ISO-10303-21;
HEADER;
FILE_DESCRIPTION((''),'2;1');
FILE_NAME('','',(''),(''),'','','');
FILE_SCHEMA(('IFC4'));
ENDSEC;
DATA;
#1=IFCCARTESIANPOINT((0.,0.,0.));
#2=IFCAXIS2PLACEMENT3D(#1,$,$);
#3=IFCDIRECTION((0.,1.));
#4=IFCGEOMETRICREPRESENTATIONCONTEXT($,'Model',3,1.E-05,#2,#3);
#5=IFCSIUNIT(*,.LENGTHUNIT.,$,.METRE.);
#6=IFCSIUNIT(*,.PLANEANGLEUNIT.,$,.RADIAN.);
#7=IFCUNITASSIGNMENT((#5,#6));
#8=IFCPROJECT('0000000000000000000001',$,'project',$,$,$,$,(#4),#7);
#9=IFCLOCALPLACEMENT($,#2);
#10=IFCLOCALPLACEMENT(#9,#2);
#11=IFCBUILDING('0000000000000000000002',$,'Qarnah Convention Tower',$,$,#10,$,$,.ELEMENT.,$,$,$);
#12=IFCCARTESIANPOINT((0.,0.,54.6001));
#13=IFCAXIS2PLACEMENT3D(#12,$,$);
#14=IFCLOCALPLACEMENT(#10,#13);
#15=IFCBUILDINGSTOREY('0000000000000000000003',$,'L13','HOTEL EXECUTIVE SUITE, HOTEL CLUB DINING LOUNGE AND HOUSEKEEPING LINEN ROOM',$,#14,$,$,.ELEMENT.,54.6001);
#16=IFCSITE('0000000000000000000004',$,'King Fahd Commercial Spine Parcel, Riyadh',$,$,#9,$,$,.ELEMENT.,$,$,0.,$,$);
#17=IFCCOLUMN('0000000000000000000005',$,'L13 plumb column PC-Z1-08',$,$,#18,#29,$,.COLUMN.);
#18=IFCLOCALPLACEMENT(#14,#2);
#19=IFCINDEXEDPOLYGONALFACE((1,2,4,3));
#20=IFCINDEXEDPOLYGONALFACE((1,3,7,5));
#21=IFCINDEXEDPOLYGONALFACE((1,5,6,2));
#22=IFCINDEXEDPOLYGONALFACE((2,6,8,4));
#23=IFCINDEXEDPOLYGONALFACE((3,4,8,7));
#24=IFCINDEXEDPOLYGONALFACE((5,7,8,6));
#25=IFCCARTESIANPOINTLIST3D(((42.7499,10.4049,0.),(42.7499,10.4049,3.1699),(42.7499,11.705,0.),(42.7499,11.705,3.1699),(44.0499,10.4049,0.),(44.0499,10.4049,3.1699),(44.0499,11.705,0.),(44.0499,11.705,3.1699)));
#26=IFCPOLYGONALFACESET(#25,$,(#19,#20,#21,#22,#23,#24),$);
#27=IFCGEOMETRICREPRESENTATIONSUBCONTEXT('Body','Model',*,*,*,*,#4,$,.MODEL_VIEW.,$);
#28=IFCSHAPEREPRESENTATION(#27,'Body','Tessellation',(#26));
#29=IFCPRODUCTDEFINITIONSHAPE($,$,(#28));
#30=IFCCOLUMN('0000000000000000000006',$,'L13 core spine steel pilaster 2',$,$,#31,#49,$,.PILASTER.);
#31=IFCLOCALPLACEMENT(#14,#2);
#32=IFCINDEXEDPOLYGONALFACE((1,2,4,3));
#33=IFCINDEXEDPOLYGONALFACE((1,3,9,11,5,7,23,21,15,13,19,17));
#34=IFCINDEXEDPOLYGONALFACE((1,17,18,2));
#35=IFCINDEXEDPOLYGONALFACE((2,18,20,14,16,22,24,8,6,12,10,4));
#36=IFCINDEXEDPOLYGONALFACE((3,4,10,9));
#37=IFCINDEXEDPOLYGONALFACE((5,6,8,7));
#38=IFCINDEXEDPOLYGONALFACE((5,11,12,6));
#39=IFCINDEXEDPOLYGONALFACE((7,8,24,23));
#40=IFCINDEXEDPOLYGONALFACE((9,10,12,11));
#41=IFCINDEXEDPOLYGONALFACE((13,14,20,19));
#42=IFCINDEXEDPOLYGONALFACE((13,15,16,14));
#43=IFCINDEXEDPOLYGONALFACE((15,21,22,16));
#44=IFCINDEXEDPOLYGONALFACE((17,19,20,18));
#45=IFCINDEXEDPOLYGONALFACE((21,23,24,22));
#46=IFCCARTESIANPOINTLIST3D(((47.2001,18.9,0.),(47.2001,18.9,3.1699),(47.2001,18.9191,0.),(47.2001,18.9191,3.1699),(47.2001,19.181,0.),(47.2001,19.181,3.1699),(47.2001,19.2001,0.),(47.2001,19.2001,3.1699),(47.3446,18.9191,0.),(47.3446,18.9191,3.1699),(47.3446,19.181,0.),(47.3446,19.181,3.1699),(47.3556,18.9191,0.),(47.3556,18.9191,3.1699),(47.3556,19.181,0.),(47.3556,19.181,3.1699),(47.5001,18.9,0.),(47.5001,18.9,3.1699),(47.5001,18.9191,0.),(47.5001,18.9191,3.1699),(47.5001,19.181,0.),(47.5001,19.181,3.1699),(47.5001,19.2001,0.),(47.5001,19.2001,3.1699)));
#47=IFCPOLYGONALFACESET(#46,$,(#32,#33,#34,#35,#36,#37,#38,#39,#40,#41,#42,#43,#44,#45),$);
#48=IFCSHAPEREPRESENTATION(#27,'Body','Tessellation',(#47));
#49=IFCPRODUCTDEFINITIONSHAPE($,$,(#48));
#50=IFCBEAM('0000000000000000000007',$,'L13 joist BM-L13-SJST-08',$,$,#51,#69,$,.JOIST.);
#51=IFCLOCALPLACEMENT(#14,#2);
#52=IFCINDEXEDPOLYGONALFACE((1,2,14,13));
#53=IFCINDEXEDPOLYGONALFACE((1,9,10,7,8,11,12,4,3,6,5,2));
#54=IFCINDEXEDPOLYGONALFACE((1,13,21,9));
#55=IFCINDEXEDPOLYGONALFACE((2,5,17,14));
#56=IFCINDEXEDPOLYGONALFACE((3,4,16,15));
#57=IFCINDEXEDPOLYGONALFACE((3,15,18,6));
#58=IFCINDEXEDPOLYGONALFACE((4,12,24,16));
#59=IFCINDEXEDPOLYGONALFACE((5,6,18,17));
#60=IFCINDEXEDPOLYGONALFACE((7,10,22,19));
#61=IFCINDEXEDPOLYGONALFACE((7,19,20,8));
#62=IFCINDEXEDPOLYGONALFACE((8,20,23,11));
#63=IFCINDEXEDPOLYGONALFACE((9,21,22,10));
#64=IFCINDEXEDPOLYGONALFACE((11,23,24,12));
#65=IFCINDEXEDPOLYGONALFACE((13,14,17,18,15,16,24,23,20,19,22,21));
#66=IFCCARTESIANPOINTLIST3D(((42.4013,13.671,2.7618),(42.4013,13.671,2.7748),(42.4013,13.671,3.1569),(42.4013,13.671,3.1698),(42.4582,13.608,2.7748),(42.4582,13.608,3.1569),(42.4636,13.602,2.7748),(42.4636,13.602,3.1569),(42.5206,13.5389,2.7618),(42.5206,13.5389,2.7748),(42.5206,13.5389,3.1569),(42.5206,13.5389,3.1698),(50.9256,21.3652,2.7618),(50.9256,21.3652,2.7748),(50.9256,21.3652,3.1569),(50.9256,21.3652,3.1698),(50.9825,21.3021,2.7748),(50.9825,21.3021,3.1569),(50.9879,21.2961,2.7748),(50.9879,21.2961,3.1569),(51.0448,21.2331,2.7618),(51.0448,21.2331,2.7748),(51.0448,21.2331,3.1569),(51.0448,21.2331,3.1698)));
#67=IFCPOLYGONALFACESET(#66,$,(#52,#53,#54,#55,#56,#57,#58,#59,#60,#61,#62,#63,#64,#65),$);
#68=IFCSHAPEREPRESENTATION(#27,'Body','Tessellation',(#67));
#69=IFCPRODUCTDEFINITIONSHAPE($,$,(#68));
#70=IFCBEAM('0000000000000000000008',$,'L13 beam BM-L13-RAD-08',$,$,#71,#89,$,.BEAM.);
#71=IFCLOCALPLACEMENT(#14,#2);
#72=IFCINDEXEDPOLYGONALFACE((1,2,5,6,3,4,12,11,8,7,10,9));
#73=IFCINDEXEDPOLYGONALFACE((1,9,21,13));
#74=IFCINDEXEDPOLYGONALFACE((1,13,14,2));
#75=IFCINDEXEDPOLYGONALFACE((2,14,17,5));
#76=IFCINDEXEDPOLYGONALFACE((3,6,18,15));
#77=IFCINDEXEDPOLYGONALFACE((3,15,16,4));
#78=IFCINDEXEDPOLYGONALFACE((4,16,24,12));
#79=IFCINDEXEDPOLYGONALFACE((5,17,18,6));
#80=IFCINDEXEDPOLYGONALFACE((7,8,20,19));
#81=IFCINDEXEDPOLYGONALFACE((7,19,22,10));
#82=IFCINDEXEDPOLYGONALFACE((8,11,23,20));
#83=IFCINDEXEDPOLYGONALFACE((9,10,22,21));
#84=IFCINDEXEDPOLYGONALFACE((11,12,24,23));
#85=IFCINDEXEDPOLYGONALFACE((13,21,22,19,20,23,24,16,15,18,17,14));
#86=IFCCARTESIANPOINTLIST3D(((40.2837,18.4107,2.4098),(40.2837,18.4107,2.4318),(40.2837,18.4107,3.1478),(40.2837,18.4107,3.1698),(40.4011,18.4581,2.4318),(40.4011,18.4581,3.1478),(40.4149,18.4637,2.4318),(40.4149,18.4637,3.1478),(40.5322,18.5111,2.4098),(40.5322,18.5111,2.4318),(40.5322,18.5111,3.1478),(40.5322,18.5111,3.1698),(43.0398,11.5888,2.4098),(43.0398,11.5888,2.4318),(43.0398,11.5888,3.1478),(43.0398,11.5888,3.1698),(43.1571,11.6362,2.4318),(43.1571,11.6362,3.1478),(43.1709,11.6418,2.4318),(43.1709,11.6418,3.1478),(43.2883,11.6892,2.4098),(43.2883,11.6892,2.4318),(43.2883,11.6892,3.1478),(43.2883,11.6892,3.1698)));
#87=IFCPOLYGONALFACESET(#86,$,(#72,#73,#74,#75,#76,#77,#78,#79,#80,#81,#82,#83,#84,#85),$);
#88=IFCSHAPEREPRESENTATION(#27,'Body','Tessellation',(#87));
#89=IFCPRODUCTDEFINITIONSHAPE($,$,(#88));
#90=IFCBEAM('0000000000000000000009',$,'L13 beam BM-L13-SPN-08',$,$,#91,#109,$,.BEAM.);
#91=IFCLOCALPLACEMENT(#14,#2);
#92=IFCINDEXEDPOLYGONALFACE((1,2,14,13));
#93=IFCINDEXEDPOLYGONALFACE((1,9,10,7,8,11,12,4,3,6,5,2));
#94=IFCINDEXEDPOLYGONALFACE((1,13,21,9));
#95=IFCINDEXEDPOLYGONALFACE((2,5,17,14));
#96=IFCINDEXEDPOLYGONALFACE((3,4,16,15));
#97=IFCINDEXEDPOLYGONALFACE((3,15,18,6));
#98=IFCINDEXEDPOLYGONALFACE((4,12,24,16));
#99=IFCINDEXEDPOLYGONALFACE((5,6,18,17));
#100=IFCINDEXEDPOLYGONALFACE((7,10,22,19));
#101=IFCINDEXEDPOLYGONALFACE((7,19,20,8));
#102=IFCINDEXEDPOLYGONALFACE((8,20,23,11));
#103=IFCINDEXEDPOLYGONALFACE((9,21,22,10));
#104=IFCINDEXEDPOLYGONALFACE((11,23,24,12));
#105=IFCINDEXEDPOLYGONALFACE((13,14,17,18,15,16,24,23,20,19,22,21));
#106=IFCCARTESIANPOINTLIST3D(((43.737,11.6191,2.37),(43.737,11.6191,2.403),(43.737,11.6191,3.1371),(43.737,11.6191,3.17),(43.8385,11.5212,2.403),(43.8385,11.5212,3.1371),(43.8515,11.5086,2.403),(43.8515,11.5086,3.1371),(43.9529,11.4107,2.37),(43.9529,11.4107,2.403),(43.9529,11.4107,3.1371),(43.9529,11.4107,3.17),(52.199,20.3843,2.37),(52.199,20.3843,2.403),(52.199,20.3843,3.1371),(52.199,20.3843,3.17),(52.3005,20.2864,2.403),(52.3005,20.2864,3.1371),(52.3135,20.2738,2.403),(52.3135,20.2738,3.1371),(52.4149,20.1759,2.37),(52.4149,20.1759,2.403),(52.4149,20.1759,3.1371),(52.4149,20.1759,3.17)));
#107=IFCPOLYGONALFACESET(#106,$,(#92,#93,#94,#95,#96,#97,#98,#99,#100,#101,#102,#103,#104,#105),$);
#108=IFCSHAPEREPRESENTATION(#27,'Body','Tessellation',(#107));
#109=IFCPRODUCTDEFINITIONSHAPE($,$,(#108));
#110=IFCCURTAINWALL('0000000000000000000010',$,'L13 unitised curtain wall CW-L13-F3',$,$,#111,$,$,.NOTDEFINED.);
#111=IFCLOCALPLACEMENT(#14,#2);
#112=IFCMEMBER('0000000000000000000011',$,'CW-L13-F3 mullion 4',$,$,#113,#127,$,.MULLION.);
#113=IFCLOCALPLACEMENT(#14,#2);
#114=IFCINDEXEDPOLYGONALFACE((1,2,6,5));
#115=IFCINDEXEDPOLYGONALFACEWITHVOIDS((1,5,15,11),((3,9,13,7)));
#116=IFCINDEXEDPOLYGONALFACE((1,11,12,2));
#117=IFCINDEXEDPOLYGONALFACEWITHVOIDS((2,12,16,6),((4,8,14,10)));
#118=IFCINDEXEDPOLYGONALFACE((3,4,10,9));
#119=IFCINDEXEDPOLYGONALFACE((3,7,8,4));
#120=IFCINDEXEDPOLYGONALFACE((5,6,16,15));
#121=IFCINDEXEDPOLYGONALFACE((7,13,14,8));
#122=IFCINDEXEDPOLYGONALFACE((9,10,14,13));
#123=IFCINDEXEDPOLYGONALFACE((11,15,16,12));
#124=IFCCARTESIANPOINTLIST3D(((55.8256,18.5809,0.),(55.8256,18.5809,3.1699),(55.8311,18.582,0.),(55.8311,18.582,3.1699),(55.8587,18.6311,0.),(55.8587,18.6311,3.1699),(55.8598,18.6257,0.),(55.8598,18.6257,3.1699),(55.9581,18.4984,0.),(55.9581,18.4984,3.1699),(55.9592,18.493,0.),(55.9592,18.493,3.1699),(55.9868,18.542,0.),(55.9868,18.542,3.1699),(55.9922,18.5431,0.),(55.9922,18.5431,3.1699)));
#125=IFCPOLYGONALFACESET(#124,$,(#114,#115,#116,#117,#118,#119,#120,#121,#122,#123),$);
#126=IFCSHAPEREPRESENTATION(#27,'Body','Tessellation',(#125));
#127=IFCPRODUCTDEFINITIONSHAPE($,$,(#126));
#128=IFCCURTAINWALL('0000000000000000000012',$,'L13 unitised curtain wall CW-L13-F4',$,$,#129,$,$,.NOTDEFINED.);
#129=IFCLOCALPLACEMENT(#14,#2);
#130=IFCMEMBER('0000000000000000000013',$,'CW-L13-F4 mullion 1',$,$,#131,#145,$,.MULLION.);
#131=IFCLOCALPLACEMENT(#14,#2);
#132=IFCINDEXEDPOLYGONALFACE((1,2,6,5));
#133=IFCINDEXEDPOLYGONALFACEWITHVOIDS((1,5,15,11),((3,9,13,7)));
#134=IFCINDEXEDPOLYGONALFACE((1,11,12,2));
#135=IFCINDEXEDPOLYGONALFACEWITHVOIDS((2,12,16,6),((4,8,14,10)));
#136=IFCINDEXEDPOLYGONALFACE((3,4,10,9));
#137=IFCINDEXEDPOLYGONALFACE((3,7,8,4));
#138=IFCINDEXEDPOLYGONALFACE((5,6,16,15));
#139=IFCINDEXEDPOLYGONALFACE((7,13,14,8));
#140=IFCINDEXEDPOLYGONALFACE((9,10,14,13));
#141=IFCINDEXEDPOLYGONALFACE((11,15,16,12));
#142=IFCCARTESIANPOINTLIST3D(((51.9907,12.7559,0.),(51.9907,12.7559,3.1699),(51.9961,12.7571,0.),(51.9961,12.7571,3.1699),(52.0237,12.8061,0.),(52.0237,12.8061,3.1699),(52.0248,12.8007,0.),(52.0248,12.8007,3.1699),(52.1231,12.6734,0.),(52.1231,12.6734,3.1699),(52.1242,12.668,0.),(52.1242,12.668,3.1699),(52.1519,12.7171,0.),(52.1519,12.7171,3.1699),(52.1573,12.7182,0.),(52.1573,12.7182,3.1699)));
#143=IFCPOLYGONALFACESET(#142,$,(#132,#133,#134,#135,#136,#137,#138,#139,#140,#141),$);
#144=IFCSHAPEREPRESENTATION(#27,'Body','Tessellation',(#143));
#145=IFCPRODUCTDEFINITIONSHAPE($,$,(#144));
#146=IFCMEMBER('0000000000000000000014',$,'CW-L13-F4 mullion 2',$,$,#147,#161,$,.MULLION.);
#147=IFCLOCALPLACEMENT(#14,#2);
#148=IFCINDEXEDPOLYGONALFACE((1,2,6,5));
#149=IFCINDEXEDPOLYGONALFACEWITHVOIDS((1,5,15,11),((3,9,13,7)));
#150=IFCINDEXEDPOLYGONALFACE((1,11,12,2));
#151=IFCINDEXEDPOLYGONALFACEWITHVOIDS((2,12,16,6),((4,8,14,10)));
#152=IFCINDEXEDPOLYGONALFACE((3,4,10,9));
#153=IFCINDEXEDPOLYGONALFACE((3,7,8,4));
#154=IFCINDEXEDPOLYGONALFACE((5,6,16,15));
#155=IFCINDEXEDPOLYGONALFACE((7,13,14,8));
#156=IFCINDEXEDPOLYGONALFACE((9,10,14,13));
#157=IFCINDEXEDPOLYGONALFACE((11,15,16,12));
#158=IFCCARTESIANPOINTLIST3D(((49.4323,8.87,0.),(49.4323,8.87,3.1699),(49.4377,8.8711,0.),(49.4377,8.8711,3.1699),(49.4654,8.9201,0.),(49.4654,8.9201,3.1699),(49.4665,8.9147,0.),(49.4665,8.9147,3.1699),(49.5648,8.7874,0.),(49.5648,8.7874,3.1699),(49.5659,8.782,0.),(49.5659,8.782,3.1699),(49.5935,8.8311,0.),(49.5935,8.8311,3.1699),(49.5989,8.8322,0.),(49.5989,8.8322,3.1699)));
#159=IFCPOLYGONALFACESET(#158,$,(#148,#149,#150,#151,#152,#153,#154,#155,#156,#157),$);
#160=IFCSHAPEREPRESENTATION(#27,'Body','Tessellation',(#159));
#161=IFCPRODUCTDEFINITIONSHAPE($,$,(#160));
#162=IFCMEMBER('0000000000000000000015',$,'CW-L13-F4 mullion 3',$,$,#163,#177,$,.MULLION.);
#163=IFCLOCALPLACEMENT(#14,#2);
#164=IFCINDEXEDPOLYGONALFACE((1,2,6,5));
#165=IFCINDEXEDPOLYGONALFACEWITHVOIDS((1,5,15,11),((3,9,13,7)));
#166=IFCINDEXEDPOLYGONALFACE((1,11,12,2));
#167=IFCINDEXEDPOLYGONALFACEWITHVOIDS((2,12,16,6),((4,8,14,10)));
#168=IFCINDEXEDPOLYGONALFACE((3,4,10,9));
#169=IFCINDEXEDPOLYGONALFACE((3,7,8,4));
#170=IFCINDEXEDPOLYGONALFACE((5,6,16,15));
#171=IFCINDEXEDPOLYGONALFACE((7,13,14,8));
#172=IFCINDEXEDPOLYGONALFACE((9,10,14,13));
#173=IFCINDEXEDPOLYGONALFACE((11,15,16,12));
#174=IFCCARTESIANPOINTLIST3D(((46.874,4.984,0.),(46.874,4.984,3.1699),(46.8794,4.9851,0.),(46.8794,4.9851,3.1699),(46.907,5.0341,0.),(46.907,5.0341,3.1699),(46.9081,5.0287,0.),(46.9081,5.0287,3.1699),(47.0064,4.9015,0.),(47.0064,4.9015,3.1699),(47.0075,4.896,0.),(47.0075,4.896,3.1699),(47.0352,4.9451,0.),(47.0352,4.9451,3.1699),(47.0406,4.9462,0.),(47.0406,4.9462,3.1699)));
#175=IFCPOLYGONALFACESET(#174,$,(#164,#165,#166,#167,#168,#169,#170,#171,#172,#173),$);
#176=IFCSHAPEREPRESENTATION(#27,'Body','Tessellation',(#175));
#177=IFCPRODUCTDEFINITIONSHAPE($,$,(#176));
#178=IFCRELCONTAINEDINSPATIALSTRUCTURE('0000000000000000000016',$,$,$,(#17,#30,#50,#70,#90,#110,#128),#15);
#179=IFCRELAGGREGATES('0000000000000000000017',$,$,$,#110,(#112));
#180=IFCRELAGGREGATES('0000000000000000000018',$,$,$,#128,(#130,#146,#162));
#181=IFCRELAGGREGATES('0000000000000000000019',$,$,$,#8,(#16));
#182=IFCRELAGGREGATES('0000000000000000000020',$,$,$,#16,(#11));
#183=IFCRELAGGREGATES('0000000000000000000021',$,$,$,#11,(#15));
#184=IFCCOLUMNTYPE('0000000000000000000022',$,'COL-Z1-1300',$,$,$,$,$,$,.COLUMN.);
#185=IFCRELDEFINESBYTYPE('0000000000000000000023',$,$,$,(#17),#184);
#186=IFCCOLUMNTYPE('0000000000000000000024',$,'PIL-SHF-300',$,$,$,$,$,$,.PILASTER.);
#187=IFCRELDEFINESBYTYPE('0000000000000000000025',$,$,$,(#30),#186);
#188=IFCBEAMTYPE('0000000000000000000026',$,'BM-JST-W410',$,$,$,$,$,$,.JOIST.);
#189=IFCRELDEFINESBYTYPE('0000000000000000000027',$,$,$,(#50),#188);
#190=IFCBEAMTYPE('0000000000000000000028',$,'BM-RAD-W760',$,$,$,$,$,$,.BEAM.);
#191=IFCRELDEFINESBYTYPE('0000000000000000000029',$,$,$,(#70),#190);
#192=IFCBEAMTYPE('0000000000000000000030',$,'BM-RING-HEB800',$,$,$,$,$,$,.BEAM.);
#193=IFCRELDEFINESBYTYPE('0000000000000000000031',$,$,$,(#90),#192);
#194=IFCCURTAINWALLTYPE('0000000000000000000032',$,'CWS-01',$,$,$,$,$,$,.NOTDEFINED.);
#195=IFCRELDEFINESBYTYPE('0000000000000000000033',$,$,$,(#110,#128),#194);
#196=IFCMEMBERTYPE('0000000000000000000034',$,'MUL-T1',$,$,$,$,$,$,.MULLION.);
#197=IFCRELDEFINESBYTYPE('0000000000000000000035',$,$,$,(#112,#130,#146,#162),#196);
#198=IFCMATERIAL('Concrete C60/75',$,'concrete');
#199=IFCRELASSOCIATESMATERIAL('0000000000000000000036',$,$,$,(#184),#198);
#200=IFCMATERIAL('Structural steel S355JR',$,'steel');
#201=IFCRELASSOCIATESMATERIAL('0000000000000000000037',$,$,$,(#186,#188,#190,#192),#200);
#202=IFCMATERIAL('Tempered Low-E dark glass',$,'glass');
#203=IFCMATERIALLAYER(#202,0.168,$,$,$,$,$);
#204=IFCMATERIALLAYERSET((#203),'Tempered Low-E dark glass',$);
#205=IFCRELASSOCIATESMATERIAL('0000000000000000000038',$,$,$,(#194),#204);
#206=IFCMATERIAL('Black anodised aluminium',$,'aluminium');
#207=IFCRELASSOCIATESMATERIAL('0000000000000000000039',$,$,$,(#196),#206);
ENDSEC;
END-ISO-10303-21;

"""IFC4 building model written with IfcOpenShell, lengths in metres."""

from ifc_helpers import new_model, si_unit, direction, frame, origin, origin_2d, place, context, subcontext, project, spatial, rectangle, hollow_rectangle, i_section, extrude, material, layer, layer_set, material_profile, profile_set, type_object, element, aggregate, save


model = new_model("IFC4")

# Units and contexts
model_context = context("Model", 3, precision=1e-05, world=origin(), true_north=direction((0.0, 1.0)))
body_context = subcontext(model_context, "Body", "Model", "MODEL_VIEW")
ifc_project = project(units=[si_unit("LENGTHUNIT", "METRE"), si_unit("PLANEANGLEUNIT", "RADIAN")], contexts=[model_context])

# Site, building, storey
site_placement = place(None, origin())
site = spatial("IfcSite", under=ifc_project, at=site_placement, Name="King Fahd Commercial Spine Parcel, Riyadh", CompositionType="ELEMENT", RefElevation=0.0)
building_placement = place(site_placement, origin())
building = spatial("IfcBuilding", under=site, at=building_placement, Name="Qarnah Convention Tower", CompositionType="ELEMENT")
storey_placement = place(building_placement, frame((0.0, 0.0, 54.6001)))
storey = spatial("IfcBuildingStorey", under=building, at=storey_placement, Name="L13", Description="HOTEL EXECUTIVE SUITE, HOTEL CLUB DINING LOUNGE AND HOUSEKEEPING LINEN ROOM", CompositionType="ELEMENT", Elevation=54.6001)

# Columns
ifc_material_1 = material(Name="Concrete C60/75", Category="concrete")
ifc_material_profile_1 = material_profile(ifc_material_1, rectangle(XDim=1.3, YDim=1.3, at=origin_2d()), Name="RC-COL-1300X1300")
ifc_profile_set_1 = profile_set([ifc_material_profile_1], Name="Concrete C60/75")
column_type_1 = type_object("IfcColumnType", Name="COL-Z1-1300", PredefinedType="COLUMN", material=ifc_profile_set_1)
column_1_placement = place(storey_placement, frame((43.3999, 11.0549, 0.0), z_axis=(0.0, 0.0, 1.0), x_axis=(1.0, 0.0, 0.0)))
element("IfcColumn", 1, at=column_1_placement, inside=storey, type_object=column_type_1, Name="L13 plumb column PC-Z1-08", PredefinedType="COLUMN", context=body_context, shape_type="SweptSolid", body=[
    extrude(rectangle(XDim=1.3, YDim=1.3, at=origin_2d()), origin(), (0.0, 0.0, 1.0), 3.1699),
])
ifc_material_2 = material(Name="Structural steel S355JR", Category="steel")
ifc_material_profile_2 = material_profile(ifc_material_2, i_section(OverallWidth=0.3, OverallDepth=0.3, WebThickness=0.011, FlangeThickness=0.019, at=origin_2d()), Name="HEB300")
ifc_profile_set_2 = profile_set([ifc_material_profile_2], Name="Structural steel S355JR")
column_type_2 = type_object("IfcColumnType", Name="PIL-SHF-300", PredefinedType="PILASTER", material=ifc_profile_set_2)
column_2_placement = place(storey_placement, frame((47.3501, 19.05, 0.0), z_axis=(0.0, 0.0, 1.0), x_axis=(1.0, 0.0, 0.0)))
element("IfcColumn", 2, at=column_2_placement, inside=storey, type_object=column_type_2, Name="L13 core spine steel pilaster 2", PredefinedType="PILASTER", context=body_context, shape_type="SweptSolid", body=[
    extrude(i_section(OverallWidth=0.3, OverallDepth=0.3, WebThickness=0.011, FlangeThickness=0.019, at=origin_2d()), origin(), (0.0, 0.0, 1.0), 3.1699),
])

# Beams
ifc_material_profile_3 = material_profile(ifc_material_2, i_section(OverallWidth=0.178, OverallDepth=0.408, WebThickness=0.0081, FlangeThickness=0.0129, at=origin_2d()), Name="W410X60")
ifc_profile_set_3 = profile_set([ifc_material_profile_3], Name="Structural steel S355JR")
beam_type_1 = type_object("IfcBeamType", Name="BM-JST-W410", PredefinedType="JOIST", material=ifc_profile_set_3)
beam_1_placement = place(storey_placement, frame((42.4609, 13.605, 2.9658), z_axis=(0.742326, 0.670039, 0.0), x_axis=(-0.670039, 0.742326, 0.0)))
element("IfcBeam", 3, at=beam_1_placement, inside=storey, type_object=beam_type_1, Name="L13 joist BM-L13-SJST-08", PredefinedType="JOIST", context=body_context, shape_type="SweptSolid", body=[
    extrude(i_section(OverallWidth=0.178, OverallDepth=0.408, WebThickness=0.0081, FlangeThickness=0.0129, at=origin_2d()), origin(), (0.0, 0.0, 1.0), 11.4832),
])
ifc_material_profile_4 = material_profile(ifc_material_2, i_section(OverallWidth=0.2681, OverallDepth=0.76, WebThickness=0.0149, FlangeThickness=0.022, at=origin_2d()), Name="W760X185")
ifc_profile_set_4 = profile_set([ifc_material_profile_4], Name="Structural steel S355JR")
beam_type_2 = type_object("IfcBeamType", Name="BM-RAD-W760", PredefinedType="BEAM", material=ifc_profile_set_4)
beam_2_placement = place(storey_placement, frame((40.408, 18.4609, 2.7898), z_axis=(0.374586, -0.927192, 0.0), x_axis=(0.927192, 0.374586, 0.0)))
element("IfcBeam", 4, at=beam_2_placement, inside=storey, type_object=beam_type_2, Name="L13 beam BM-L13-RAD-08", PredefinedType="BEAM", context=body_context, shape_type="SweptSolid", body=[
    extrude(i_section(OverallWidth=0.2681, OverallDepth=0.76, WebThickness=0.0149, FlangeThickness=0.022, at=origin_2d()), origin(), (0.0, 0.0, 1.0), 7.3577),
])
ifc_material_profile_5 = material_profile(ifc_material_2, i_section(OverallWidth=0.3, OverallDepth=0.8, WebThickness=0.0181, FlangeThickness=0.033, at=origin_2d()), Name="HEB800")
ifc_profile_set_5 = profile_set([ifc_material_profile_5], Name="Structural steel S355JR")
beam_type_3 = type_object("IfcBeamType", Name="BM-RING-HEB800", PredefinedType="BEAM", material=ifc_profile_set_5)
beam_3_placement = place(storey_placement, frame((43.845, 11.5149, 2.77), z_axis=(0.694553, 0.719442, 0.0), x_axis=(-0.719442, 0.694553, 0.0)))
element("IfcBeam", 5, at=beam_3_placement, inside=storey, type_object=beam_type_3, Name="L13 beam BM-L13-SPN-08", PredefinedType="BEAM", context=body_context, shape_type="SweptSolid", body=[
    extrude(i_section(OverallWidth=0.3, OverallDepth=0.8, WebThickness=0.0181, FlangeThickness=0.033, at=origin_2d()), origin(), (0.0, 0.0, 1.0), 12.1833),
])

# Curtain wall, member
ifc_material_3 = material(Name="Tempered Low-E dark glass", Category="glass")
ifc_layer_1 = layer(ifc_material_3, 0.168)
ifc_layer_set_1 = layer_set([ifc_layer_1], Name="Tempered Low-E dark glass")
curtain_wall_type = type_object("IfcCurtainWallType", Name="CWS-01", PredefinedType="NOTDEFINED", material=ifc_layer_set_1)
curtain_wall_1_placement = place(storey_placement, origin())
curtain_wall_1 = element("IfcCurtainWall", 6, at=curtain_wall_1_placement, inside=storey, type_object=curtain_wall_type, Name="L13 unitised curtain wall CW-L13-F3", PredefinedType="NOTDEFINED")
ifc_material_4 = material(Name="Black anodised aluminium", Category="aluminium")
ifc_material_profile_6 = material_profile(ifc_material_4, hollow_rectangle(XDim=0.0601, YDim=0.1599, WallThickness=0.0039, at=origin_2d()), Name="MUL-60X160")
ifc_profile_set_6 = profile_set([ifc_material_profile_6], Name="Black anodised aluminium")
member_type_1 = type_object("IfcMemberType", Name="MUL-T1", PredefinedType="MULLION", material=ifc_profile_set_6)
member_1_placement = place(storey_placement, frame((55.9089, 18.562, 0.0), z_axis=(0.0, 0.0, 1.0), x_axis=(-0.549913, -0.835222, 0.0)))
member_1 = element("IfcMember", 7, at=member_1_placement, type_object=member_type_1, Name="CW-L13-F3 mullion 4", PredefinedType="MULLION", context=body_context, shape_type="SweptSolid", body=[
    extrude(hollow_rectangle(XDim=0.0601, YDim=0.1599, WallThickness=0.0039, at=origin_2d()), origin(), (0.0, 0.0, 1.0), 3.1699),
])
aggregate(curtain_wall_1, [member_1])

# Curtain wall, members
curtain_wall_2_placement = place(storey_placement, origin())
curtain_wall_2 = element("IfcCurtainWall", 8, at=curtain_wall_2_placement, inside=storey, type_object=curtain_wall_type, Name="L13 unitised curtain wall CW-L13-F4", PredefinedType="NOTDEFINED")
member_2_placement = place(storey_placement, frame((52.074, 12.7371, 0.0), z_axis=(0.0, 0.0, 1.0), x_axis=(-0.54988, -0.835244, 0.0)))
member_2 = element("IfcMember", 9, at=member_2_placement, type_object=member_type_1, Name="CW-L13-F4 mullion 1", PredefinedType="MULLION", context=body_context, shape_type="SweptSolid", body=[
    extrude(hollow_rectangle(XDim=0.0601, YDim=0.1599, WallThickness=0.0039, at=origin_2d()), origin(), (0.0, 0.0, 1.0), 3.1699),
])
member_3_placement = place(storey_placement, frame((49.5156, 8.8511, 0.0), z_axis=(0.0, 0.0, 1.0), x_axis=(-0.54988, -0.835244, 0.0)))
member_3 = element("IfcMember", 10, at=member_3_placement, type_object=member_type_1, Name="CW-L13-F4 mullion 2", PredefinedType="MULLION", context=body_context, shape_type="SweptSolid", body=[
    extrude(hollow_rectangle(XDim=0.0601, YDim=0.1599, WallThickness=0.0039, at=origin_2d()), origin(), (0.0, 0.0, 1.0), 3.1699),
])
member_4_placement = place(storey_placement, frame((46.9573, 4.9651, 0.0), z_axis=(0.0, 0.0, 1.0), x_axis=(-0.54988, -0.835244, 0.0)))
member_4 = element("IfcMember", 11, at=member_4_placement, type_object=member_type_1, Name="CW-L13-F4 mullion 3", PredefinedType="MULLION", context=body_context, shape_type="SweptSolid", body=[
    extrude(hollow_rectangle(XDim=0.0601, YDim=0.1599, WallThickness=0.0039, at=origin_2d()), origin(), (0.0, 0.0, 1.0), 3.1699),
])
aggregate(curtain_wall_2, [member_2, member_3, member_4])

save(model, "model.ifc")
